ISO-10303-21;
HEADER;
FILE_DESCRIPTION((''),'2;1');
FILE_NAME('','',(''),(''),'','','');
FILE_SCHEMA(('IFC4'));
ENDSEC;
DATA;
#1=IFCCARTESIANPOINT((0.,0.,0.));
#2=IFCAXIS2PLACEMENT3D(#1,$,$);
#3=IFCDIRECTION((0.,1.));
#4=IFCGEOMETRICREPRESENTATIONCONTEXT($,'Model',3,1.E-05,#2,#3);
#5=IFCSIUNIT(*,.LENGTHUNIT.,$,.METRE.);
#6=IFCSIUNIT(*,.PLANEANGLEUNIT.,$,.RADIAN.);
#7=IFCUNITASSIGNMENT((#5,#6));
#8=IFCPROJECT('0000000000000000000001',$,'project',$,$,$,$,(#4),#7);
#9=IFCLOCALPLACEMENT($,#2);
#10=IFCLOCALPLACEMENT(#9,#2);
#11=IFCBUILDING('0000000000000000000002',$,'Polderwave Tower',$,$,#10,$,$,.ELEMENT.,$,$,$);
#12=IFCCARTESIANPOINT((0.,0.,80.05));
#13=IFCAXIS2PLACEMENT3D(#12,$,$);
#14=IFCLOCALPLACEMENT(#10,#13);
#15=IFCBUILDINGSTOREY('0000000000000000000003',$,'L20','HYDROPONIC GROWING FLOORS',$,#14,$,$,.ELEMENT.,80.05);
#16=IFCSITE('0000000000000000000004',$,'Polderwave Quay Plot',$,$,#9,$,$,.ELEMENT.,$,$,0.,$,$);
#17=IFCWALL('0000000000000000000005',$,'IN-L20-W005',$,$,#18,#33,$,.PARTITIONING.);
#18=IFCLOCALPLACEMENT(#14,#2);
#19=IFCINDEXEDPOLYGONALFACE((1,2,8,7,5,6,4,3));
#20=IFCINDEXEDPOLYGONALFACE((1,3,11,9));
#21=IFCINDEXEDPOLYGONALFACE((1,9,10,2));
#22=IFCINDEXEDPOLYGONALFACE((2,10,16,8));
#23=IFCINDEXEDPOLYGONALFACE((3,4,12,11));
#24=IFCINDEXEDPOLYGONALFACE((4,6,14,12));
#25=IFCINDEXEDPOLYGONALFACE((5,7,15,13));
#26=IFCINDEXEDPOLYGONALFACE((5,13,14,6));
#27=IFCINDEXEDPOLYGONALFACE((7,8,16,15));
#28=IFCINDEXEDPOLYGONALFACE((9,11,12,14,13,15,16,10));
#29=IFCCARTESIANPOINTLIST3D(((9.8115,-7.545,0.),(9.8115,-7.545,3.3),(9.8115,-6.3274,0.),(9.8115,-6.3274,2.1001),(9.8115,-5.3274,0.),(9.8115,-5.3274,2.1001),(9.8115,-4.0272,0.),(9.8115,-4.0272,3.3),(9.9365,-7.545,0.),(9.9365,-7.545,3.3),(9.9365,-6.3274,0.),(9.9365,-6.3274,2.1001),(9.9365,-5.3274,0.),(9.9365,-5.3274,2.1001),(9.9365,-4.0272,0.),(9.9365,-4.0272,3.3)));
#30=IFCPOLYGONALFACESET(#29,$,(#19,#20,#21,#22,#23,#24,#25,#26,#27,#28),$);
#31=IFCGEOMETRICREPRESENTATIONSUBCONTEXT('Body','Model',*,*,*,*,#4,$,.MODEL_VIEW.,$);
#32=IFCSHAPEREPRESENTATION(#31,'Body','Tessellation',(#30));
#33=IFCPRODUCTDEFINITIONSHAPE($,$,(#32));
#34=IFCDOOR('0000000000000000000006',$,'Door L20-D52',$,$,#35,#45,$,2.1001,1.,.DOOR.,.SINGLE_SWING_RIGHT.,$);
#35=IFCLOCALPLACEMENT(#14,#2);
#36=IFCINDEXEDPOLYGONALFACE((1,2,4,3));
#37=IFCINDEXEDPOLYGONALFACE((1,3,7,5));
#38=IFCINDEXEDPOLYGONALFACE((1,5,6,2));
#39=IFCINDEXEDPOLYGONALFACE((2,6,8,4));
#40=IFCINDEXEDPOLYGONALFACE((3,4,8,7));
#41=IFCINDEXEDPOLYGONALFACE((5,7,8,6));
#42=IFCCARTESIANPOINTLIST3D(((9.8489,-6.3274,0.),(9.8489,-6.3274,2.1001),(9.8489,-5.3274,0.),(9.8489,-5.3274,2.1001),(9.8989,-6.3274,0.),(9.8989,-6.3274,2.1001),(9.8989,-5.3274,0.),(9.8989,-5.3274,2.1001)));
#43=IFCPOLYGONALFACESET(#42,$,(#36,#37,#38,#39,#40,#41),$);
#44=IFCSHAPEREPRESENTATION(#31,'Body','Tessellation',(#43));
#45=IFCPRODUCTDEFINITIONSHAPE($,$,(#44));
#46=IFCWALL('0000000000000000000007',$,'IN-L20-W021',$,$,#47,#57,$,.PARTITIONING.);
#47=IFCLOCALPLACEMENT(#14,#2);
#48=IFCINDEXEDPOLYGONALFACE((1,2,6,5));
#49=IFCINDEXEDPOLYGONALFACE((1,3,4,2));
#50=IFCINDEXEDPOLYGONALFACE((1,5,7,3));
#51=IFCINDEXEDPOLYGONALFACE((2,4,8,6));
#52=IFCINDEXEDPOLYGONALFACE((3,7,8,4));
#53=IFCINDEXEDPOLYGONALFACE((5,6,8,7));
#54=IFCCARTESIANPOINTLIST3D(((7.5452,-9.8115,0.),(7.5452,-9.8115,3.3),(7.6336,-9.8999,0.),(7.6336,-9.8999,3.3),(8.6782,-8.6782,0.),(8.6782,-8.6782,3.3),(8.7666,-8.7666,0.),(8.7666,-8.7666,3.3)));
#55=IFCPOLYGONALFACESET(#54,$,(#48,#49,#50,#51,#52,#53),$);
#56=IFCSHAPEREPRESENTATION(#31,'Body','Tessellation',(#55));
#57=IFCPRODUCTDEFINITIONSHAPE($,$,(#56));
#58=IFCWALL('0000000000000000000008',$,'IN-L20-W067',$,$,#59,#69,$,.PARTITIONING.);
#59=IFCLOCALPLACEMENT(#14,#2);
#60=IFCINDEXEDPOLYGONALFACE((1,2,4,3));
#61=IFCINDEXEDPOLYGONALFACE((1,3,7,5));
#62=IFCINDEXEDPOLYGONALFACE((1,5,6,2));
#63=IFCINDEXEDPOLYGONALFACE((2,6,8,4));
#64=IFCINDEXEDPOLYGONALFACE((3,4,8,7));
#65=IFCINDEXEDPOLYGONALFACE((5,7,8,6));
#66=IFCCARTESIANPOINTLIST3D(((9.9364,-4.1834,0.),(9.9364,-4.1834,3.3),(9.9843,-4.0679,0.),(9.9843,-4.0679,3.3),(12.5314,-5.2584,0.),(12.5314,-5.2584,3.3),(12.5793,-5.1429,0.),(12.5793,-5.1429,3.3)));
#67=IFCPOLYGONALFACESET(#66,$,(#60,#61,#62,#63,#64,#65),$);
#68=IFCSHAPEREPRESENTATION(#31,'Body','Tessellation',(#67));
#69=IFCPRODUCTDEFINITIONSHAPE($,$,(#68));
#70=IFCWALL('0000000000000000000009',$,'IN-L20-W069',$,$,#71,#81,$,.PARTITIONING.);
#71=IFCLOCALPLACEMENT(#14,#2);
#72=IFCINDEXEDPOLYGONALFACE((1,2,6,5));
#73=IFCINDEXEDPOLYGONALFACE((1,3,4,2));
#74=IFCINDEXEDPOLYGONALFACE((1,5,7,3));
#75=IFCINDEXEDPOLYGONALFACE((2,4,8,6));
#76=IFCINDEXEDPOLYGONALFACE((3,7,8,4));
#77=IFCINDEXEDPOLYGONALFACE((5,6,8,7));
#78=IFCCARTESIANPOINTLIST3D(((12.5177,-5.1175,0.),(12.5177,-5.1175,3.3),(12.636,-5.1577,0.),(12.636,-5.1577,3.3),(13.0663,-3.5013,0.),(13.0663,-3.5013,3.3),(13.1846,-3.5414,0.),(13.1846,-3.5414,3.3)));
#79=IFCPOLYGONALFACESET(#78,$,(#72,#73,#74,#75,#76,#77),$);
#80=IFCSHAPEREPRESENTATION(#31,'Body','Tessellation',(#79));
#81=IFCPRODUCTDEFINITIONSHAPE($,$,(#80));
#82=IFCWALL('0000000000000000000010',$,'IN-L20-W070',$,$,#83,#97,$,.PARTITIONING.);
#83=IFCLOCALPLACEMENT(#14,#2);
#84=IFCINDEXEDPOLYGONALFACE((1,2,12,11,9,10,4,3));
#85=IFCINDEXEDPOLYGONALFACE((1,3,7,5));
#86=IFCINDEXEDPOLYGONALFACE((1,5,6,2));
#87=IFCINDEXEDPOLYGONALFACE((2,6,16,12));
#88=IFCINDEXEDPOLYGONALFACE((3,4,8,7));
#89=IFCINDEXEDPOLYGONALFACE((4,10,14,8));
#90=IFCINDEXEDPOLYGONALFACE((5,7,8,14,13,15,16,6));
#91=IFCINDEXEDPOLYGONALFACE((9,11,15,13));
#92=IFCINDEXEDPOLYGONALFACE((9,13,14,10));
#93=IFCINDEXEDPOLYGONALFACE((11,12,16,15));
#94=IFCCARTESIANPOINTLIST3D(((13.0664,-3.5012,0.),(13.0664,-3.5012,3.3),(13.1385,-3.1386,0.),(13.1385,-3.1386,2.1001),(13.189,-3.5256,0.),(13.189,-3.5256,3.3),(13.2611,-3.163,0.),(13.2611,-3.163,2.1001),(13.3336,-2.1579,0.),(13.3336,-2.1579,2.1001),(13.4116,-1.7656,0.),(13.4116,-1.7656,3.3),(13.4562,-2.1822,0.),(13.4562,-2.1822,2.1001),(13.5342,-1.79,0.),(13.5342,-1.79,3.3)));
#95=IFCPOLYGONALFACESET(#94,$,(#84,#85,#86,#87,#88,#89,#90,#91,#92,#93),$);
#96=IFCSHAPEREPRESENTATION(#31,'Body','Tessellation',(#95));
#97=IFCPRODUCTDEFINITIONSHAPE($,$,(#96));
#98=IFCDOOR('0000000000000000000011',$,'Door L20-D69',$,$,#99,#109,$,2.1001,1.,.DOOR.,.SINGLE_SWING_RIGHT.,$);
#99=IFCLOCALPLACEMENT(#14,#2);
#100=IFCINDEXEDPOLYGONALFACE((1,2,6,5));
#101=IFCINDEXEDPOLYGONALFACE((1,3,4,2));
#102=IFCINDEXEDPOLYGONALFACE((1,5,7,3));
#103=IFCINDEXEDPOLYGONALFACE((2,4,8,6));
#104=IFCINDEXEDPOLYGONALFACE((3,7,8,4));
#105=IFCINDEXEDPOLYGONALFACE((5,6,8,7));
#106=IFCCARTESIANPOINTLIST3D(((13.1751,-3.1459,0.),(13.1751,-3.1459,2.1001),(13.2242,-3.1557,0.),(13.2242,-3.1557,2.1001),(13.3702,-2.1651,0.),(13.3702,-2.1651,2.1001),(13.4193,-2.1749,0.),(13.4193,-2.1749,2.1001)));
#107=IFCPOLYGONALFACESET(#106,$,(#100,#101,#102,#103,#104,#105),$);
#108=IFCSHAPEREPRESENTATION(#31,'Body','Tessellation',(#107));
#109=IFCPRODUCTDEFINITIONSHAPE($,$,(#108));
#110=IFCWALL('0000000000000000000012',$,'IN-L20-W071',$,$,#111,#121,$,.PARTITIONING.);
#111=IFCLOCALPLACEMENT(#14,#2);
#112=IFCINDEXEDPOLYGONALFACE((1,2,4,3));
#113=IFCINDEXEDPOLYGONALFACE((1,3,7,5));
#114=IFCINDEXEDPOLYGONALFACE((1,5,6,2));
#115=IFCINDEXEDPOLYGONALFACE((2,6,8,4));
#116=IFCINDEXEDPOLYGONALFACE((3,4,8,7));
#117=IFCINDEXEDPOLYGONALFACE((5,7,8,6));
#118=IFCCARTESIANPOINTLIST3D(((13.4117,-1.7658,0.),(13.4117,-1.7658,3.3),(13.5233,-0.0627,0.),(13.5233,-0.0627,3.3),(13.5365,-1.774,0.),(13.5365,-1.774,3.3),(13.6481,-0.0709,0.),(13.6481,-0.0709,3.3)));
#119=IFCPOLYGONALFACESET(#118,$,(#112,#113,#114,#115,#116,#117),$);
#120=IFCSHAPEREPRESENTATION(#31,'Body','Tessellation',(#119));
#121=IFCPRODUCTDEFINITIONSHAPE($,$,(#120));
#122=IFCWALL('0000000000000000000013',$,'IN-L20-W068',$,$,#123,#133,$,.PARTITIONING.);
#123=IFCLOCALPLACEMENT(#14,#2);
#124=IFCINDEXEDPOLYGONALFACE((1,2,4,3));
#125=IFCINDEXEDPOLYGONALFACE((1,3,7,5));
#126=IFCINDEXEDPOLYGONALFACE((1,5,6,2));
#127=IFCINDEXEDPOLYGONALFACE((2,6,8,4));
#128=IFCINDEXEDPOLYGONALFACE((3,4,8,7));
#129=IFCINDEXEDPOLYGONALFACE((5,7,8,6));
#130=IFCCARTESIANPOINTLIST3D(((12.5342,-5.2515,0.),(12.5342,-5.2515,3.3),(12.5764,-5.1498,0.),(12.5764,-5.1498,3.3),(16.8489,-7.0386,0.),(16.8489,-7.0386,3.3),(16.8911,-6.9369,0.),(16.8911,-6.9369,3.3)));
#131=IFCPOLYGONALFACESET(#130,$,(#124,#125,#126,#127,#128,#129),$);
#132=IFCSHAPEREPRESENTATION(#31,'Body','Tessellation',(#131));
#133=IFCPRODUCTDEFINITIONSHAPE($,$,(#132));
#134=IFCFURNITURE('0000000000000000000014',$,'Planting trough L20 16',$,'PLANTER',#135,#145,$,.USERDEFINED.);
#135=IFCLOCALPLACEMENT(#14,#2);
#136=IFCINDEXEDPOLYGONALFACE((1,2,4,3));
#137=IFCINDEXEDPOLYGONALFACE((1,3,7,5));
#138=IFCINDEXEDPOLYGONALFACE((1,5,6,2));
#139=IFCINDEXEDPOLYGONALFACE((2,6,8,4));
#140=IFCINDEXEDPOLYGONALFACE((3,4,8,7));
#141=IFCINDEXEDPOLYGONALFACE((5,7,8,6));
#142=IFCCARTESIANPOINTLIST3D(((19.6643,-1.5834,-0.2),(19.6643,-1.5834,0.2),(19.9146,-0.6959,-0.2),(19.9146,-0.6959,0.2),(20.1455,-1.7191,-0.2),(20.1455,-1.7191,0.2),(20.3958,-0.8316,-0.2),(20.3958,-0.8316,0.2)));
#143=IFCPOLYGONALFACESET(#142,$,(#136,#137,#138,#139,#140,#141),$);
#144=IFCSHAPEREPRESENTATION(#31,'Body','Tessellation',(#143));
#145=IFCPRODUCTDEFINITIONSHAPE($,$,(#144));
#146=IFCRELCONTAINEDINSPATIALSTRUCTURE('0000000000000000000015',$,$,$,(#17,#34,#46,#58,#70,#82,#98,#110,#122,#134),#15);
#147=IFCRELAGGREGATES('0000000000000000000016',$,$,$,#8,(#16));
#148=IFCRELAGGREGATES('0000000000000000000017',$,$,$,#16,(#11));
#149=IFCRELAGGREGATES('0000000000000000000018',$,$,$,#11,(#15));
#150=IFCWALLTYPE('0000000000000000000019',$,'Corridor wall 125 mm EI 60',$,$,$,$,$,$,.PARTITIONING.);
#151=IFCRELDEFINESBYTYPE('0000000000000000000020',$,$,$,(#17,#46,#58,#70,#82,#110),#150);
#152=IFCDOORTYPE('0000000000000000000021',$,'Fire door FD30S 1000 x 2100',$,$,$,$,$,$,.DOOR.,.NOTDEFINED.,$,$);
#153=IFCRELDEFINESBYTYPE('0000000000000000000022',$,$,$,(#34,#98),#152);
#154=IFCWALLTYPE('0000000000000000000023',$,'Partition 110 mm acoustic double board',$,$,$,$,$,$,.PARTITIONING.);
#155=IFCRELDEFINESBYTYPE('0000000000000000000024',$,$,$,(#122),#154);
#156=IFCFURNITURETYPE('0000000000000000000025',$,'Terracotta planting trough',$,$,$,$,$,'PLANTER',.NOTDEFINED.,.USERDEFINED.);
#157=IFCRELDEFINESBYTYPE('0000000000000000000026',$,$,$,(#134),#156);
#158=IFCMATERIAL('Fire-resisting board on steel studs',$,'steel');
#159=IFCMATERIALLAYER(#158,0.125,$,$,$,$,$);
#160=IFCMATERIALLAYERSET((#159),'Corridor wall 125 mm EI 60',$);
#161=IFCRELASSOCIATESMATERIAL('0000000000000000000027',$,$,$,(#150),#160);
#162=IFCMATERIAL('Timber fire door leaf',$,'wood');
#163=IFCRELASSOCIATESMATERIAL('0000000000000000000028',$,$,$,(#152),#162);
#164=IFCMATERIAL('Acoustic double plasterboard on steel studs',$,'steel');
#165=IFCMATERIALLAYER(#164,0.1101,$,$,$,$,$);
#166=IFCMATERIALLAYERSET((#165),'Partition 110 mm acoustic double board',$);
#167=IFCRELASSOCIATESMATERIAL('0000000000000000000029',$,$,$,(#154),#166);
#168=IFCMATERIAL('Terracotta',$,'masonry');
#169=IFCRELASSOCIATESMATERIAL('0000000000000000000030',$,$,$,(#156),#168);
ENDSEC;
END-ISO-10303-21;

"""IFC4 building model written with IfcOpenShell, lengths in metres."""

from ifc_helpers import new_model, si_unit, direction, frame, frame_2d, origin, origin_2d, place, context, subcontext, project, spatial, rectangle, extrude, material, layer, layer_set, type_object, element, fill, save


model = new_model("IFC4")

# Units and contexts
model_context = context("Model", 3, precision=1e-05, world=origin(), true_north=direction((0.0, 1.0)))
body_context = subcontext(model_context, "Body", "Model", "MODEL_VIEW")
ifc_project = project(units=[si_unit("LENGTHUNIT", "METRE"), si_unit("PLANEANGLEUNIT", "RADIAN")], contexts=[model_context])

# Site, building, storey
site_placement = place(None, origin())
site = spatial("IfcSite", under=ifc_project, at=site_placement, Name="Polderwave Quay Plot", CompositionType="ELEMENT", RefElevation=0.0)
building_placement = place(site_placement, origin())
building = spatial("IfcBuilding", under=site, at=building_placement, Name="Polderwave Tower", CompositionType="ELEMENT")
storey_placement = place(building_placement, frame((0.0, 0.0, 80.05)))
storey = spatial("IfcBuildingStorey", under=building, at=storey_placement, Name="L20", Description="HYDROPONIC GROWING FLOORS", CompositionType="ELEMENT", Elevation=80.05)

# Shared definitions
ifc_material_1 = material(Name="Fire-resisting board on steel studs", Category="steel")
ifc_layer_1 = layer(ifc_material_1, 0.125)
ifc_layer_set_1 = layer_set([ifc_layer_1], Name="Corridor wall 125 mm EI 60")
wall_type_1 = type_object("IfcWallType", Name="Corridor wall 125 mm EI 60", PredefinedType="PARTITIONING", material=ifc_layer_set_1)

# Wall, opening, door
wall_1_placement = place(storey_placement, frame((9.874, -4.0273, 0.0), z_axis=(0.0, 0.0, 1.0), x_axis=(0.0, -1.0, 0.0)))
wall_1 = element("IfcWall", 1, at=wall_1_placement, inside=storey, type_object=wall_type_1, Name="IN-L20-W005", PredefinedType="PARTITIONING", context=body_context, shape_type="SweptSolid", body=[
    extrude(rectangle(XDim=3.5178, YDim=0.125, at=frame_2d((1.7588, 0.0))), origin(), (0.0, 0.0, 1.0), 3.3),
])
opening_1_placement = place(wall_1_placement, frame((1.3, 0.0, 0.0)))
opening_1 = element("IfcOpeningElement", 2, at=opening_1_placement, cuts=wall_1, PredefinedType="OPENING", context=body_context, shape_type="SweptSolid", body=[
    extrude(rectangle(XDim=1.0, YDim=2.1001, at=frame_2d((0.5, 1.05))), frame((0.0, 0.0725, 0.0), z_axis=(0.0, -1.0, 0.0), x_axis=(1.0, 0.0, 0.0)), (0.0, 0.0, 1.0), 0.145),
])
ifc_material_2 = material(Name="Timber fire door leaf", Category="wood")
door_type = type_object("IfcDoorType", Name="Fire door FD30S 1000 x 2100", OperationType="NOTDEFINED", PredefinedType="DOOR", material=ifc_material_2)
door_1_placement = place(opening_1_placement, origin())
door_1 = element("IfcDoor", 3, at=door_1_placement, inside=storey, type_object=door_type, Name="Door L20-D52", OperationType="SINGLE_SWING_RIGHT", OverallHeight=2.1001, OverallWidth=1.0, PredefinedType="DOOR", context=body_context, shape_type="SweptSolid", body=[
    extrude(rectangle(XDim=1.0, YDim=2.1001, at=frame_2d((0.5, 1.05))), frame((0.0, 0.0249, 0.0), z_axis=(0.0, -1.0, 0.0), x_axis=(1.0, 0.0, 0.0)), (0.0, 0.0, 1.0), 0.05),
])
fill(opening_1, door_1)

# Walls
wall_2_placement = place(storey_placement, frame((8.7224, -8.7224, 0.0), z_axis=(0.0, 0.0, 1.0), x_axis=(-0.707031, -0.707183, 0.0)))
element("IfcWall", 4, at=wall_2_placement, inside=storey, type_object=wall_type_1, Name="IN-L20-W021", PredefinedType="PARTITIONING", context=body_context, shape_type="SweptSolid", body=[
    extrude(rectangle(XDim=1.6025, YDim=0.125, at=frame_2d((0.8013, 0.0))), origin(), (0.0, 0.0, 1.0), 3.3),
])
wall_3_placement = place(storey_placement, frame((9.9604, -4.1257, 0.0), z_axis=(0.0, 0.0, 1.0), x_axis=(0.92387, -0.382707, 0.0)))
element("IfcWall", 5, at=wall_3_placement, inside=storey, type_object=wall_type_1, Name="IN-L20-W067", PredefinedType="PARTITIONING", context=body_context, shape_type="SweptSolid", body=[
    extrude(rectangle(XDim=2.8088, YDim=0.125, at=frame_2d((1.4043, 0.0))), origin(), (0.0, 0.0, 1.0), 3.3),
])
wall_4_placement = place(storey_placement, frame((13.1255, -3.5212, 0.0), z_axis=(0.0, 0.0, 1.0), x_axis=(-0.321415, -0.946938, 0.0)))
element("IfcWall", 6, at=wall_4_placement, inside=storey, type_object=wall_type_1, Name="IN-L20-W069", PredefinedType="PARTITIONING", context=body_context, shape_type="SweptSolid", body=[
    extrude(rectangle(XDim=1.7068, YDim=0.125, at=frame_2d((0.8535, 0.0))), origin(), (0.0, 0.0, 1.0), 3.3),
])

# Wall, opening, door
wall_5_placement = place(storey_placement, frame((13.4729, -1.7778, 0.0), z_axis=(0.0, 0.0, 1.0), x_axis=(-0.195081, -0.980787, 0.0)))
wall_5 = element("IfcWall", 7, at=wall_5_placement, inside=storey, type_object=wall_type_1, Name="IN-L20-W070", PredefinedType="PARTITIONING", context=body_context, shape_type="SweptSolid", body=[
    extrude(rectangle(XDim=1.7695, YDim=0.125, at=frame_2d((0.8848, 0.0))), origin(), (0.0, 0.0, 1.0), 3.3),
])
opening_2_placement = place(wall_5_placement, frame((0.3999, 0.0, 0.0)))
opening_2 = element("IfcOpeningElement", 8, at=opening_2_placement, cuts=wall_5, PredefinedType="OPENING", context=body_context, shape_type="SweptSolid", body=[
    extrude(rectangle(XDim=1.0, YDim=2.1001, at=frame_2d((0.5, 1.05))), frame((0.0, 0.0725, 0.0), z_axis=(0.0, -1.0, 0.0), x_axis=(1.0, 0.0, 0.0)), (0.0, 0.0, 1.0), 0.145),
])
door_2_placement = place(opening_2_placement, origin())
door_2 = element("IfcDoor", 9, at=door_2_placement, inside=storey, type_object=door_type, Name="Door L20-D69", OperationType="SINGLE_SWING_RIGHT", OverallHeight=2.1001, OverallWidth=1.0, PredefinedType="DOOR", context=body_context, shape_type="SweptSolid", body=[
    extrude(rectangle(XDim=1.0, YDim=2.1001, at=frame_2d((0.5, 1.05))), frame((0.0, 0.0249, 0.0), z_axis=(0.0, -1.0, 0.0), x_axis=(1.0, 0.0, 0.0)), (0.0, 0.0, 1.0), 0.05),
])
fill(opening_2, door_2)

# Walls
wall_6_placement = place(storey_placement, frame((13.5857, -0.0667, 0.0), z_axis=(0.0, 0.0, 1.0), x_axis=(-0.06537, -0.997861, 0.0)))
element("IfcWall", 10, at=wall_6_placement, inside=storey, type_object=wall_type_1, Name="IN-L20-W071", PredefinedType="PARTITIONING", context=body_context, shape_type="SweptSolid", body=[
    extrude(rectangle(XDim=1.7068, YDim=0.125, at=frame_2d((0.8535, 0.0))), origin(), (0.0, 0.0, 1.0), 3.3),
])
ifc_material_3 = material(Name="Acoustic double plasterboard on steel studs", Category="steel")
ifc_layer_2 = layer(ifc_material_3, 0.1101)
ifc_layer_set_2 = layer_set([ifc_layer_2], Name="Partition 110 mm acoustic double board")
wall_type_2 = type_object("IfcWallType", Name="Partition 110 mm acoustic double board", PredefinedType="PARTITIONING", material=ifc_layer_set_2)
wall_7_placement = place(storey_placement, frame((12.5554, -5.2007, 0.0), z_axis=(0.0, 0.0, 1.0), x_axis=(0.923887, -0.382666, 0.0)))
element("IfcWall", 11, at=wall_7_placement, inside=storey, type_object=wall_type_2, Name="IN-L20-W068", PredefinedType="PARTITIONING", context=body_context, shape_type="SweptSolid", body=[
    extrude(rectangle(XDim=4.6702, YDim=0.1101, at=frame_2d((2.335, 0.0))), origin(), (0.0, 0.0, 1.0), 3.3),
])

# Furniture
ifc_material_4 = material(Name="Terracotta", Category="masonry")
furniture_type = type_object("IfcFurnitureType", Name="Terracotta planting trough", ElementType="PLANTER", AssemblyPlace="NOTDEFINED", PredefinedType="USERDEFINED", material=ifc_material_4)
furniture_placement = place(storey_placement, frame((20.03, -1.2075, -0.2), z_axis=(0.0, 0.0, 1.0), x_axis=(0.271417, 0.962462, 0.0)))
element("IfcFurniture", 12, at=furniture_placement, inside=storey, type_object=furniture_type, Name="Planting trough L20 16", ObjectType="PLANTER", PredefinedType="USERDEFINED", context=body_context, shape_type="SweptSolid", body=[
    extrude(rectangle(XDim=0.9221, YDim=0.5, at=origin_2d()), origin(), (0.0, 0.0, 1.0), 0.3999),
])

save(model, "model.ifc")
